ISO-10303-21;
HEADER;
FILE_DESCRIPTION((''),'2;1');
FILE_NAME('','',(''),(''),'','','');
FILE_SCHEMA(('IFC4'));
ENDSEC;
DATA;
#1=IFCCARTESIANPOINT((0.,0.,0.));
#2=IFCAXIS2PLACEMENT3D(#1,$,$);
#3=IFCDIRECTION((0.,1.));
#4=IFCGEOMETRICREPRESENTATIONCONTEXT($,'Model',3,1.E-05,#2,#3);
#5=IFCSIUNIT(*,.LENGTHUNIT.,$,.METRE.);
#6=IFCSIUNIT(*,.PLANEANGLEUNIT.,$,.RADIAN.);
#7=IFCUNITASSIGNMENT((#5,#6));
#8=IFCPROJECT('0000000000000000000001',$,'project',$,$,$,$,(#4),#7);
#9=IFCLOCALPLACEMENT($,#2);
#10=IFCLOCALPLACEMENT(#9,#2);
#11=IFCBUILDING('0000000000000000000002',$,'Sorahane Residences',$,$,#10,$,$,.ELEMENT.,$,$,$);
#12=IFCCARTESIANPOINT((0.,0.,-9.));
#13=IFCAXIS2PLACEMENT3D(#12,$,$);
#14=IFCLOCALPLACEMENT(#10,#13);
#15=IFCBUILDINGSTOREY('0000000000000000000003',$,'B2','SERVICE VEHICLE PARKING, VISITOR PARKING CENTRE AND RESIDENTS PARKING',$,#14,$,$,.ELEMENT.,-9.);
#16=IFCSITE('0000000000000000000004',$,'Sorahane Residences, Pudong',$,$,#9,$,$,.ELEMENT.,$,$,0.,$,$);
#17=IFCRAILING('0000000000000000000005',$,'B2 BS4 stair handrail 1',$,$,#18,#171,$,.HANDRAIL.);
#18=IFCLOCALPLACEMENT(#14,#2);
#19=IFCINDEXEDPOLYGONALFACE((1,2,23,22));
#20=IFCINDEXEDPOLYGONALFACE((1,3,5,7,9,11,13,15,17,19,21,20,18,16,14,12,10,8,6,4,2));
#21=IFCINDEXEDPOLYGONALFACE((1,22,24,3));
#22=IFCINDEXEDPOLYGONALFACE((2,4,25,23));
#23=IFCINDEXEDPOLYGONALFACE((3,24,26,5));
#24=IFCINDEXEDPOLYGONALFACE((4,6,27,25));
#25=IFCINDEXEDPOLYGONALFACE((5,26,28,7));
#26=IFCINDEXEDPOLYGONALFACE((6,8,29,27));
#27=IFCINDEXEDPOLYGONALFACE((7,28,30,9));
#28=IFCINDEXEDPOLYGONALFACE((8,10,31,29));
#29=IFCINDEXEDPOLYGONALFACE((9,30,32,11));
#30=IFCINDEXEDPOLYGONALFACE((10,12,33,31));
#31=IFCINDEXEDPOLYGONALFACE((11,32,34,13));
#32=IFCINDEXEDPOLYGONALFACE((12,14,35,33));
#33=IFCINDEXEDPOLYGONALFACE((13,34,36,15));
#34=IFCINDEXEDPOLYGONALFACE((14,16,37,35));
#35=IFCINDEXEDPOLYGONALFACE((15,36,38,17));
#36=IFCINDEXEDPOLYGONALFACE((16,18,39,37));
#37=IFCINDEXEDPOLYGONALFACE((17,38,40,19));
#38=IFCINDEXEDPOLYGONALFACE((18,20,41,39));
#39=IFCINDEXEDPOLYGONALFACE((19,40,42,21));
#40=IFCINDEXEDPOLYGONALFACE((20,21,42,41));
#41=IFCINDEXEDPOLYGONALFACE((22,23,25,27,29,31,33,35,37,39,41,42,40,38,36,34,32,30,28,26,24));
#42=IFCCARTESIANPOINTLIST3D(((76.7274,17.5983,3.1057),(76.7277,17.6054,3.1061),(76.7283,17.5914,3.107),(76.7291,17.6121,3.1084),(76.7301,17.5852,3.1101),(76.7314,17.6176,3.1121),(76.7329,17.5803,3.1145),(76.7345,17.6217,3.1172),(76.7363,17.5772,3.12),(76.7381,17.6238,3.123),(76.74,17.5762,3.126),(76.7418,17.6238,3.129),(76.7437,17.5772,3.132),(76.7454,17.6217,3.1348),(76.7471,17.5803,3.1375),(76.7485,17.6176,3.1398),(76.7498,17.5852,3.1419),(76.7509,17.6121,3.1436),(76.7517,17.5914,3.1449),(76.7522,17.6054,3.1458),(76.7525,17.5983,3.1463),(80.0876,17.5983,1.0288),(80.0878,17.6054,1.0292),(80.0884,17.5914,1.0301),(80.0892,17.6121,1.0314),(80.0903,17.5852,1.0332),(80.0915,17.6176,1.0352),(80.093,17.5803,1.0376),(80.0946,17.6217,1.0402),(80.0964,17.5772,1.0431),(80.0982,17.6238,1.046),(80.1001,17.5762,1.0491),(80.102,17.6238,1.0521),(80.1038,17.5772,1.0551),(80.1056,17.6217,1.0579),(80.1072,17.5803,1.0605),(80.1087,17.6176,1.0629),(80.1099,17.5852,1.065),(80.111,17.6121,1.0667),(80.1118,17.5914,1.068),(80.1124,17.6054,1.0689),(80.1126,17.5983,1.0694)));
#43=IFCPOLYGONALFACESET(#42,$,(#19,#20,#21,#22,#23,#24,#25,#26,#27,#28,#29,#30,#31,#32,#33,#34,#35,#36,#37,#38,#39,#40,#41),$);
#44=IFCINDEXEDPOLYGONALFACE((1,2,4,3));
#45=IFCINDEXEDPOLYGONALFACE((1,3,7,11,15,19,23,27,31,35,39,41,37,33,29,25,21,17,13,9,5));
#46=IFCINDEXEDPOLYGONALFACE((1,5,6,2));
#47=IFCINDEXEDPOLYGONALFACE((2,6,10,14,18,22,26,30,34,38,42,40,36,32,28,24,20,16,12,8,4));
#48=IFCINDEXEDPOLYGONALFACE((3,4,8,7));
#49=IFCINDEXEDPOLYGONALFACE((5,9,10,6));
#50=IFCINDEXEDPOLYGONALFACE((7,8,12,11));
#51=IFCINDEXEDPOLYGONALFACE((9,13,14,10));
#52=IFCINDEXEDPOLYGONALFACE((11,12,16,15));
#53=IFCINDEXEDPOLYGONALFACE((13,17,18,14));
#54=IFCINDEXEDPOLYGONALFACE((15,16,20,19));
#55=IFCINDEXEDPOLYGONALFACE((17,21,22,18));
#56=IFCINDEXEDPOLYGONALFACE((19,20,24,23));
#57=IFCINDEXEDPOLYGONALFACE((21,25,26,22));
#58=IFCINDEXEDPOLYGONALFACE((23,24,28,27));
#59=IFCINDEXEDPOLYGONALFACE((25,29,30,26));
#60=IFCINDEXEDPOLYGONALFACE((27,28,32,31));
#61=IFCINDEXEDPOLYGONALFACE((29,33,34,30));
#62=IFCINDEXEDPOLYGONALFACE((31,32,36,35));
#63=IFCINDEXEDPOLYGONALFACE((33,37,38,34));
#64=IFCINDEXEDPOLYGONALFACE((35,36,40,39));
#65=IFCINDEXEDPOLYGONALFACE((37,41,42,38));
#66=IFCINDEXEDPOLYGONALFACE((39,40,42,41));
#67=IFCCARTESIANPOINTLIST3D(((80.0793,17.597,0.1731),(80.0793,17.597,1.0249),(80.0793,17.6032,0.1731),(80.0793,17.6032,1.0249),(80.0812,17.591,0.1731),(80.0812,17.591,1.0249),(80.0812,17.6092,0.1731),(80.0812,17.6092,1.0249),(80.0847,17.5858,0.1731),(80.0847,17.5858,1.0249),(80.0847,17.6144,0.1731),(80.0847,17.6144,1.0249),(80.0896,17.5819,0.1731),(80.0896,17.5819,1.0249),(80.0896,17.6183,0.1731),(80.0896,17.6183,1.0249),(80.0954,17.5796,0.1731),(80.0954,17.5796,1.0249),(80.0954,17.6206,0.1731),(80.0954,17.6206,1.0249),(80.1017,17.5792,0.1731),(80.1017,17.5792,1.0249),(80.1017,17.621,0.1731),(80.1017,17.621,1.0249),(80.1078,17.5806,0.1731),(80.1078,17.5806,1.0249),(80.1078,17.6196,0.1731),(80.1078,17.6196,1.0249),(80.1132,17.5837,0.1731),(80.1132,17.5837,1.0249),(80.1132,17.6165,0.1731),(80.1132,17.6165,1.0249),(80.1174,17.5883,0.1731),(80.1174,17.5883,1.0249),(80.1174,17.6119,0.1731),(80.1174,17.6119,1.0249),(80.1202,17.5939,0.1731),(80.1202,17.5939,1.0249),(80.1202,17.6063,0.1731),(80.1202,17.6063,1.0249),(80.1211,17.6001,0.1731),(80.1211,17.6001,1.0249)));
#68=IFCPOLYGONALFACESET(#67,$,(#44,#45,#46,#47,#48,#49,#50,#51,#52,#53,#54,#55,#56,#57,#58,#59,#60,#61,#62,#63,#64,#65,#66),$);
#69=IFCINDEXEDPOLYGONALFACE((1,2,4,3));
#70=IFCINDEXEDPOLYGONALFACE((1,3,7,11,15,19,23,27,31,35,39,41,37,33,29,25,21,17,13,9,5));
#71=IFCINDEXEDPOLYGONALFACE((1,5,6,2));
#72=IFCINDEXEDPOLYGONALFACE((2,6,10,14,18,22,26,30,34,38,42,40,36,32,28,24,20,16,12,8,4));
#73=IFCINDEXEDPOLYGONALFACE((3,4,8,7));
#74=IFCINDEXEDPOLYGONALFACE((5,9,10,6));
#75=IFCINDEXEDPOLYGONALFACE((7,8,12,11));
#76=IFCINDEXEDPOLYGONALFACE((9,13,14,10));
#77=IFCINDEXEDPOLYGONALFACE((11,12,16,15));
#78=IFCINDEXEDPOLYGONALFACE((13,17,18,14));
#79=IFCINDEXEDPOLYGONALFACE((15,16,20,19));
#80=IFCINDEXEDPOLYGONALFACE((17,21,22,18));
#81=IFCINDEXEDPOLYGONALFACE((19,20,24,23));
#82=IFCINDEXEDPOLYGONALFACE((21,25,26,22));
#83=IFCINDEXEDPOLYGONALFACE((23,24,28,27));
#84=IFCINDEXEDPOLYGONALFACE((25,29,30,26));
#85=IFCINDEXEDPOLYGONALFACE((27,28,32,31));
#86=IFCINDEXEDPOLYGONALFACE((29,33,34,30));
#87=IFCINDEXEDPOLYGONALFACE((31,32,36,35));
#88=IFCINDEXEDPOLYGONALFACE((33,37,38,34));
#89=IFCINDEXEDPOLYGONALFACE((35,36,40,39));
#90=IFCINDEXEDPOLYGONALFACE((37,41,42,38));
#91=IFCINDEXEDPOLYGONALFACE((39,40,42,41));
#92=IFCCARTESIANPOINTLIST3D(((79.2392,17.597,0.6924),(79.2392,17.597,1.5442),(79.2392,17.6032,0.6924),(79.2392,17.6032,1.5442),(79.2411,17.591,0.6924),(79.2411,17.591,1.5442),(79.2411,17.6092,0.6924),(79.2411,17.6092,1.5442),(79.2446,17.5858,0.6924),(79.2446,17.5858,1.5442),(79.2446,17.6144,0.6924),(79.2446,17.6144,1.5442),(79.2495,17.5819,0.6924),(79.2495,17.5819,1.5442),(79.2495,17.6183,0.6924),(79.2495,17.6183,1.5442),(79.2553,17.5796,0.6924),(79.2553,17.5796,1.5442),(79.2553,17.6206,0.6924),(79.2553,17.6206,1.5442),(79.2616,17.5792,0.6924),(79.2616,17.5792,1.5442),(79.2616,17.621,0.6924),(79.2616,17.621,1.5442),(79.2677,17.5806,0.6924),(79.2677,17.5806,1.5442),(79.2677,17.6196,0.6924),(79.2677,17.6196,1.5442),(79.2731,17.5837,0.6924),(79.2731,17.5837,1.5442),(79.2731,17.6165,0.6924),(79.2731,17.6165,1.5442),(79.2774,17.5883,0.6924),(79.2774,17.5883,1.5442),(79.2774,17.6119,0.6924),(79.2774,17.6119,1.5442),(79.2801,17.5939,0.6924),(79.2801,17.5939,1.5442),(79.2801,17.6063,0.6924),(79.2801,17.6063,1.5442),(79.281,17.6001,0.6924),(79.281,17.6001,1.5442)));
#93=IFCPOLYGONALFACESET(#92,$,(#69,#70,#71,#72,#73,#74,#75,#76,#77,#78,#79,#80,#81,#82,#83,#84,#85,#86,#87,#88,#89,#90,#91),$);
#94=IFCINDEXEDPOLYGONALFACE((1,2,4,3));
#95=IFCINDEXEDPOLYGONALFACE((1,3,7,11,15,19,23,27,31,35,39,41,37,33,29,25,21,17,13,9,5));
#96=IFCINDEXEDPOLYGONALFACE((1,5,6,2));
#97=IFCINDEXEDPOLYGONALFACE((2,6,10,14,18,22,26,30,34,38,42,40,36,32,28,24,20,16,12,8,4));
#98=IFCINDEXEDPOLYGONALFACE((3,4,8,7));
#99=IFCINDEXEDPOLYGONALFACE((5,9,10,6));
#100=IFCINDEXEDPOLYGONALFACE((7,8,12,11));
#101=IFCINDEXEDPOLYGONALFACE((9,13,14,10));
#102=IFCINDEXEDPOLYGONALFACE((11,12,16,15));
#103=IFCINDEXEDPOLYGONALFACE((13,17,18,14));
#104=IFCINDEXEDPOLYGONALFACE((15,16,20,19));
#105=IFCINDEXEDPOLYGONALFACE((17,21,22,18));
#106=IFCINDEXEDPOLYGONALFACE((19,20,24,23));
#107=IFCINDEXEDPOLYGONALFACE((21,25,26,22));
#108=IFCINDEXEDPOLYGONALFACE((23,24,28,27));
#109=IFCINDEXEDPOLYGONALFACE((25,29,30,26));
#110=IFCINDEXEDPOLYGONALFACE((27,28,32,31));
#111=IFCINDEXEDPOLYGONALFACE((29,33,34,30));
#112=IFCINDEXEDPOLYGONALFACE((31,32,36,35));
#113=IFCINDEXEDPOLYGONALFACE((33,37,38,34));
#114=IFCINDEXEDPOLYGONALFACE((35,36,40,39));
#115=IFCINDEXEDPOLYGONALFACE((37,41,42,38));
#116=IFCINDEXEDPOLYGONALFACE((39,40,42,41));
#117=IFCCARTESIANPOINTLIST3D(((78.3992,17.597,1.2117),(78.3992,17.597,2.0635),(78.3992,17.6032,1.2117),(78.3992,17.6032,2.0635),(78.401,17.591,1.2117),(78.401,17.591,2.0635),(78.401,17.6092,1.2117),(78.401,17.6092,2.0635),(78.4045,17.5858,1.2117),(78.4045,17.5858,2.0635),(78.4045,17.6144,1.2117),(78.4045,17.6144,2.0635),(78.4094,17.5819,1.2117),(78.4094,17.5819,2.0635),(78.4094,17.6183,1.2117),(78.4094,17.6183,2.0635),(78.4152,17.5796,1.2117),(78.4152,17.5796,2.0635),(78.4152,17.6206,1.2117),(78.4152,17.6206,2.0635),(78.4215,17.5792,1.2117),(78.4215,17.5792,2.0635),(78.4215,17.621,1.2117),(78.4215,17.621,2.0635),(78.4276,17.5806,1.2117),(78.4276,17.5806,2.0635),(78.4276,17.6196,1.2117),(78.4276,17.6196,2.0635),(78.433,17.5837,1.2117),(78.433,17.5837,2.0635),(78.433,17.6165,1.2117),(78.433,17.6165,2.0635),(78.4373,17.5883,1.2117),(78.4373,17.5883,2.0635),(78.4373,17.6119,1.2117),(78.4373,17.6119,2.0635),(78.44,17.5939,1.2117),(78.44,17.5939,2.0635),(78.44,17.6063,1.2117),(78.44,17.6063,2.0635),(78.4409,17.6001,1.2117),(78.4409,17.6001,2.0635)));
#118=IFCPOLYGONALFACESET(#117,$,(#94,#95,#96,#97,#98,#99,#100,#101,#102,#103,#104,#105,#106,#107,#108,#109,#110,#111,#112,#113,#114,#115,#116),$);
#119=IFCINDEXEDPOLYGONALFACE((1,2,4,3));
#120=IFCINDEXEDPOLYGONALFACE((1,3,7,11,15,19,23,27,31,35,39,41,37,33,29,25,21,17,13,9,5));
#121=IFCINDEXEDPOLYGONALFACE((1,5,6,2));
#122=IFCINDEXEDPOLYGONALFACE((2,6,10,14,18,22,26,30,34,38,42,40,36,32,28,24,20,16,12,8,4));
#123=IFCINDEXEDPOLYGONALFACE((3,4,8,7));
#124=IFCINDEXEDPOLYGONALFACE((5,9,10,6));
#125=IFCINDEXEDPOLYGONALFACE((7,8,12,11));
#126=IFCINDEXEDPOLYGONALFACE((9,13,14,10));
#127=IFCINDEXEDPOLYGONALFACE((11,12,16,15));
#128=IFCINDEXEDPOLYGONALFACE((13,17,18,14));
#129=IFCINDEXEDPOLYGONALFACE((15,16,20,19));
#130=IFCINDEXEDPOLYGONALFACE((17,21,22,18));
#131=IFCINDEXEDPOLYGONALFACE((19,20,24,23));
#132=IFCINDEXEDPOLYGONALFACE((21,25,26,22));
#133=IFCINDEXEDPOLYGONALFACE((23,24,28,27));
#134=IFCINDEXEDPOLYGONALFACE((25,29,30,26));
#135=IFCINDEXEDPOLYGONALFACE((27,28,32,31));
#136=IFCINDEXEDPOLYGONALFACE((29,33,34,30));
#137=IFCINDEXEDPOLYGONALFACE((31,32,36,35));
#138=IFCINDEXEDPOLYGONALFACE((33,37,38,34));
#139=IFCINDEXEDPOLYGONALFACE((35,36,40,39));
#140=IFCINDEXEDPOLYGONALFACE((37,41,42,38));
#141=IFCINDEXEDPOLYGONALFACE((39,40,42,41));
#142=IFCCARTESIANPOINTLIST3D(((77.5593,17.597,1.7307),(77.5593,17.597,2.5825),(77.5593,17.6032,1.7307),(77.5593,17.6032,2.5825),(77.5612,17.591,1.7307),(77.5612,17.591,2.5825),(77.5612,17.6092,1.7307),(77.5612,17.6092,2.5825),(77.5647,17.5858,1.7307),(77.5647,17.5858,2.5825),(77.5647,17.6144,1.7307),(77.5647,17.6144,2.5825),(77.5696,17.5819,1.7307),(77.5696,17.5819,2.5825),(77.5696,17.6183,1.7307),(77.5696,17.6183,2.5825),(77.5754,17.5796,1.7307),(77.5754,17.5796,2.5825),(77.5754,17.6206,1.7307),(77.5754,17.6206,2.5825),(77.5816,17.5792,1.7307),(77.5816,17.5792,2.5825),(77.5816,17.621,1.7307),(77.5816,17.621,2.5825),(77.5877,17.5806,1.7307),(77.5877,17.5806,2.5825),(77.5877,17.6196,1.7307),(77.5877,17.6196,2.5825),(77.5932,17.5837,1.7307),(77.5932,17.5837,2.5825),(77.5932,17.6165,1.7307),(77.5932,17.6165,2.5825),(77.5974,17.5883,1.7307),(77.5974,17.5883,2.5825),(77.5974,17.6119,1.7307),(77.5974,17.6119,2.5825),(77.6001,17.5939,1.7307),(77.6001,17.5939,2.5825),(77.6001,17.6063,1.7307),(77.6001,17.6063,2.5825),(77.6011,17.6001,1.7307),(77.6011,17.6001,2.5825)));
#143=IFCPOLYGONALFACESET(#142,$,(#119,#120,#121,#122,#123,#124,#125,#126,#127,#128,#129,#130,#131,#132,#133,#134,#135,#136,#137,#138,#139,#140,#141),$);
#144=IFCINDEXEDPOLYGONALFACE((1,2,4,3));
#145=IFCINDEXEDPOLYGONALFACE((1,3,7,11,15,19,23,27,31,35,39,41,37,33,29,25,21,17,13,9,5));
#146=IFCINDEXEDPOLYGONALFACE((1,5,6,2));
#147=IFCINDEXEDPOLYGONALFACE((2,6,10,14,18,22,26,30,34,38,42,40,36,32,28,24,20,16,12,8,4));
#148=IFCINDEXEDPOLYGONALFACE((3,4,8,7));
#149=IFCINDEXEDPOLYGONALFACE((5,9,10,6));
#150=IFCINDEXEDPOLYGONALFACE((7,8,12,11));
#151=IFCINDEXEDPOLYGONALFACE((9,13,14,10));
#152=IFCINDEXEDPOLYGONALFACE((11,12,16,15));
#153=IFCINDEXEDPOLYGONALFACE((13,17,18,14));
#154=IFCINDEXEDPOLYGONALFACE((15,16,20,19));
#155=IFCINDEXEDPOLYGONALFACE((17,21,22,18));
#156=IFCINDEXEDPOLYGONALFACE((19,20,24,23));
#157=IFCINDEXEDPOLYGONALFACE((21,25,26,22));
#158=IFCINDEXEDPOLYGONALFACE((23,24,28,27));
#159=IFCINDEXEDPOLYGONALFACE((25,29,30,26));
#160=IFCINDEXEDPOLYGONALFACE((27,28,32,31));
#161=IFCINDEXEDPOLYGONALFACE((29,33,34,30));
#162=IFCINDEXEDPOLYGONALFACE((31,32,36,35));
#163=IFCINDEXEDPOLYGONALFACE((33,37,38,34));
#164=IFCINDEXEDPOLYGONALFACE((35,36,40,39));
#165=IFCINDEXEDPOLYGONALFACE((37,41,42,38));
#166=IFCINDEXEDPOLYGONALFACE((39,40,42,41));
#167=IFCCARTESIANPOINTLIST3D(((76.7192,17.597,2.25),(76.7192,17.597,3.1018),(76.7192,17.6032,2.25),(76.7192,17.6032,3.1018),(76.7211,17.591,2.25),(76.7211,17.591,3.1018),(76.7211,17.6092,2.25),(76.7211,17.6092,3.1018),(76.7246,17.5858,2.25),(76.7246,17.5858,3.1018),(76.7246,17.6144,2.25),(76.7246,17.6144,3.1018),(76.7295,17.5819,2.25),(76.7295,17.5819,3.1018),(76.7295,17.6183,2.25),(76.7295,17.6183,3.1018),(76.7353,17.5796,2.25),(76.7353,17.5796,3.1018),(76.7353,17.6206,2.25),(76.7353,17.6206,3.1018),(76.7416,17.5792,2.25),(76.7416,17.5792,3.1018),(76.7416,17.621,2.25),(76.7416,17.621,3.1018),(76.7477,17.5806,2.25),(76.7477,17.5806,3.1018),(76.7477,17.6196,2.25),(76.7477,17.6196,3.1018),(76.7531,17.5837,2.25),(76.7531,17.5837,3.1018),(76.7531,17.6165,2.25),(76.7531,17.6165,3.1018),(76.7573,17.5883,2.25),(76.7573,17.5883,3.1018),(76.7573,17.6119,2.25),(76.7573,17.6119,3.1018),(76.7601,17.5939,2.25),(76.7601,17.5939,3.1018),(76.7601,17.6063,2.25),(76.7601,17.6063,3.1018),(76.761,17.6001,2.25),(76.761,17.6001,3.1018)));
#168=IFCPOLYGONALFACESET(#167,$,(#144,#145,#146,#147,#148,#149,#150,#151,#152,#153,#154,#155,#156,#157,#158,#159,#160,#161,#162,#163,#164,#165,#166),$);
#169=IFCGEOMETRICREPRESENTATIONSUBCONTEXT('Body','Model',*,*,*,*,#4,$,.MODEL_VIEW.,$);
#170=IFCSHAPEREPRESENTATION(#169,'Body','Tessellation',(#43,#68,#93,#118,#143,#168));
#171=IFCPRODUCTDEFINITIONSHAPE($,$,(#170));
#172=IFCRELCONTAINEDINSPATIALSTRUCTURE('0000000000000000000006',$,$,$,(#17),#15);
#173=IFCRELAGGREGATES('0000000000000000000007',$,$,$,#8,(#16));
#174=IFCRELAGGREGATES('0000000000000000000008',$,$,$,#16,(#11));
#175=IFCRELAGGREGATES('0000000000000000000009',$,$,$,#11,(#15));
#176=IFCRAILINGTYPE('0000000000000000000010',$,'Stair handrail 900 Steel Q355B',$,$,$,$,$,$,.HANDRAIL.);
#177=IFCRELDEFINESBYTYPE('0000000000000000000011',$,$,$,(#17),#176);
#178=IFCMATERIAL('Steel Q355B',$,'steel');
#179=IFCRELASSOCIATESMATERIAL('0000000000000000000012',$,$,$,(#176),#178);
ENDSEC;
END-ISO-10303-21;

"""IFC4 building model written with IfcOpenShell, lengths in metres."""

from ifc_helpers import new_model, si_unit, direction, frame, origin, origin_2d, place, context, subcontext, project, spatial, circle, extrude, material, type_object, element, save


model = new_model("IFC4")

# Units and contexts
model_context = context("Model", 3, precision=1e-05, world=origin(), true_north=direction((0.0, 1.0)))
body_context = subcontext(model_context, "Body", "Model", "MODEL_VIEW")
ifc_project = project(units=[si_unit("LENGTHUNIT", "METRE"), si_unit("PLANEANGLEUNIT", "RADIAN")], contexts=[model_context])

# Site, building, storey
site_placement = place(None, origin())
site = spatial("IfcSite", under=ifc_project, at=site_placement, Name="Sorahane Residences, Pudong", CompositionType="ELEMENT", RefElevation=0.0)
building_placement = place(site_placement, origin())
building = spatial("IfcBuilding", under=site, at=building_placement, Name="Sorahane Residences", CompositionType="ELEMENT")
storey_placement = place(building_placement, frame((0.0, 0.0, -9.0)))
storey = spatial("IfcBuildingStorey", under=building, at=storey_placement, Name="B2", Description="SERVICE VEHICLE PARKING, VISITOR PARKING CENTRE AND RESIDENTS PARKING", CompositionType="ELEMENT", Elevation=-9.0)

# Railing
ifc_material_1 = material(Name="Steel Q355B", Category="steel")
railing_type_1 = type_object("IfcRailingType", Name="Stair handrail 900 Steel Q355B", PredefinedType="HANDRAIL", material=ifc_material_1)
railing_1_placement = place(storey_placement, frame((80.1001, 17.6001, 0.1731)))
element("IfcRailing", 1, at=railing_1_placement, inside=storey, type_object=railing_type_1, Name="B2 BS4 stair handrail 1", PredefinedType="HANDRAIL", context=body_context, shape_type="SweptSolid", body=[
    extrude(circle(Radius=0.0239, at=origin_2d()), frame((0.0, 0.0, 0.876), z_axis=(-0.850623, 0.0, 0.525776), x_axis=(0.0, -1.0, 0.0)), (0.0, 0.0, 1.0), 3.9502),
    extrude(circle(Radius=0.021, at=origin_2d()), origin(), (0.0, 0.0, 1.0), 0.8518),
    extrude(circle(Radius=0.021, at=origin_2d()), frame((-0.8401, 0.0, 0.5193)), (0.0, 0.0, 1.0), 0.8518),
    extrude(circle(Radius=0.021, at=origin_2d()), frame((-1.6802, 0.0, 1.0386)), (0.0, 0.0, 1.0), 0.8518),
    extrude(circle(Radius=0.021, at=origin_2d()), frame((-2.52, 0.0, 1.5576)), (0.0, 0.0, 1.0), 0.8518),
    extrude(circle(Radius=0.021, at=origin_2d()), frame((-3.3601, 0.0, 2.0769)), (0.0, 0.0, 1.0), 0.8518),
])

save(model, "model.ifc")
